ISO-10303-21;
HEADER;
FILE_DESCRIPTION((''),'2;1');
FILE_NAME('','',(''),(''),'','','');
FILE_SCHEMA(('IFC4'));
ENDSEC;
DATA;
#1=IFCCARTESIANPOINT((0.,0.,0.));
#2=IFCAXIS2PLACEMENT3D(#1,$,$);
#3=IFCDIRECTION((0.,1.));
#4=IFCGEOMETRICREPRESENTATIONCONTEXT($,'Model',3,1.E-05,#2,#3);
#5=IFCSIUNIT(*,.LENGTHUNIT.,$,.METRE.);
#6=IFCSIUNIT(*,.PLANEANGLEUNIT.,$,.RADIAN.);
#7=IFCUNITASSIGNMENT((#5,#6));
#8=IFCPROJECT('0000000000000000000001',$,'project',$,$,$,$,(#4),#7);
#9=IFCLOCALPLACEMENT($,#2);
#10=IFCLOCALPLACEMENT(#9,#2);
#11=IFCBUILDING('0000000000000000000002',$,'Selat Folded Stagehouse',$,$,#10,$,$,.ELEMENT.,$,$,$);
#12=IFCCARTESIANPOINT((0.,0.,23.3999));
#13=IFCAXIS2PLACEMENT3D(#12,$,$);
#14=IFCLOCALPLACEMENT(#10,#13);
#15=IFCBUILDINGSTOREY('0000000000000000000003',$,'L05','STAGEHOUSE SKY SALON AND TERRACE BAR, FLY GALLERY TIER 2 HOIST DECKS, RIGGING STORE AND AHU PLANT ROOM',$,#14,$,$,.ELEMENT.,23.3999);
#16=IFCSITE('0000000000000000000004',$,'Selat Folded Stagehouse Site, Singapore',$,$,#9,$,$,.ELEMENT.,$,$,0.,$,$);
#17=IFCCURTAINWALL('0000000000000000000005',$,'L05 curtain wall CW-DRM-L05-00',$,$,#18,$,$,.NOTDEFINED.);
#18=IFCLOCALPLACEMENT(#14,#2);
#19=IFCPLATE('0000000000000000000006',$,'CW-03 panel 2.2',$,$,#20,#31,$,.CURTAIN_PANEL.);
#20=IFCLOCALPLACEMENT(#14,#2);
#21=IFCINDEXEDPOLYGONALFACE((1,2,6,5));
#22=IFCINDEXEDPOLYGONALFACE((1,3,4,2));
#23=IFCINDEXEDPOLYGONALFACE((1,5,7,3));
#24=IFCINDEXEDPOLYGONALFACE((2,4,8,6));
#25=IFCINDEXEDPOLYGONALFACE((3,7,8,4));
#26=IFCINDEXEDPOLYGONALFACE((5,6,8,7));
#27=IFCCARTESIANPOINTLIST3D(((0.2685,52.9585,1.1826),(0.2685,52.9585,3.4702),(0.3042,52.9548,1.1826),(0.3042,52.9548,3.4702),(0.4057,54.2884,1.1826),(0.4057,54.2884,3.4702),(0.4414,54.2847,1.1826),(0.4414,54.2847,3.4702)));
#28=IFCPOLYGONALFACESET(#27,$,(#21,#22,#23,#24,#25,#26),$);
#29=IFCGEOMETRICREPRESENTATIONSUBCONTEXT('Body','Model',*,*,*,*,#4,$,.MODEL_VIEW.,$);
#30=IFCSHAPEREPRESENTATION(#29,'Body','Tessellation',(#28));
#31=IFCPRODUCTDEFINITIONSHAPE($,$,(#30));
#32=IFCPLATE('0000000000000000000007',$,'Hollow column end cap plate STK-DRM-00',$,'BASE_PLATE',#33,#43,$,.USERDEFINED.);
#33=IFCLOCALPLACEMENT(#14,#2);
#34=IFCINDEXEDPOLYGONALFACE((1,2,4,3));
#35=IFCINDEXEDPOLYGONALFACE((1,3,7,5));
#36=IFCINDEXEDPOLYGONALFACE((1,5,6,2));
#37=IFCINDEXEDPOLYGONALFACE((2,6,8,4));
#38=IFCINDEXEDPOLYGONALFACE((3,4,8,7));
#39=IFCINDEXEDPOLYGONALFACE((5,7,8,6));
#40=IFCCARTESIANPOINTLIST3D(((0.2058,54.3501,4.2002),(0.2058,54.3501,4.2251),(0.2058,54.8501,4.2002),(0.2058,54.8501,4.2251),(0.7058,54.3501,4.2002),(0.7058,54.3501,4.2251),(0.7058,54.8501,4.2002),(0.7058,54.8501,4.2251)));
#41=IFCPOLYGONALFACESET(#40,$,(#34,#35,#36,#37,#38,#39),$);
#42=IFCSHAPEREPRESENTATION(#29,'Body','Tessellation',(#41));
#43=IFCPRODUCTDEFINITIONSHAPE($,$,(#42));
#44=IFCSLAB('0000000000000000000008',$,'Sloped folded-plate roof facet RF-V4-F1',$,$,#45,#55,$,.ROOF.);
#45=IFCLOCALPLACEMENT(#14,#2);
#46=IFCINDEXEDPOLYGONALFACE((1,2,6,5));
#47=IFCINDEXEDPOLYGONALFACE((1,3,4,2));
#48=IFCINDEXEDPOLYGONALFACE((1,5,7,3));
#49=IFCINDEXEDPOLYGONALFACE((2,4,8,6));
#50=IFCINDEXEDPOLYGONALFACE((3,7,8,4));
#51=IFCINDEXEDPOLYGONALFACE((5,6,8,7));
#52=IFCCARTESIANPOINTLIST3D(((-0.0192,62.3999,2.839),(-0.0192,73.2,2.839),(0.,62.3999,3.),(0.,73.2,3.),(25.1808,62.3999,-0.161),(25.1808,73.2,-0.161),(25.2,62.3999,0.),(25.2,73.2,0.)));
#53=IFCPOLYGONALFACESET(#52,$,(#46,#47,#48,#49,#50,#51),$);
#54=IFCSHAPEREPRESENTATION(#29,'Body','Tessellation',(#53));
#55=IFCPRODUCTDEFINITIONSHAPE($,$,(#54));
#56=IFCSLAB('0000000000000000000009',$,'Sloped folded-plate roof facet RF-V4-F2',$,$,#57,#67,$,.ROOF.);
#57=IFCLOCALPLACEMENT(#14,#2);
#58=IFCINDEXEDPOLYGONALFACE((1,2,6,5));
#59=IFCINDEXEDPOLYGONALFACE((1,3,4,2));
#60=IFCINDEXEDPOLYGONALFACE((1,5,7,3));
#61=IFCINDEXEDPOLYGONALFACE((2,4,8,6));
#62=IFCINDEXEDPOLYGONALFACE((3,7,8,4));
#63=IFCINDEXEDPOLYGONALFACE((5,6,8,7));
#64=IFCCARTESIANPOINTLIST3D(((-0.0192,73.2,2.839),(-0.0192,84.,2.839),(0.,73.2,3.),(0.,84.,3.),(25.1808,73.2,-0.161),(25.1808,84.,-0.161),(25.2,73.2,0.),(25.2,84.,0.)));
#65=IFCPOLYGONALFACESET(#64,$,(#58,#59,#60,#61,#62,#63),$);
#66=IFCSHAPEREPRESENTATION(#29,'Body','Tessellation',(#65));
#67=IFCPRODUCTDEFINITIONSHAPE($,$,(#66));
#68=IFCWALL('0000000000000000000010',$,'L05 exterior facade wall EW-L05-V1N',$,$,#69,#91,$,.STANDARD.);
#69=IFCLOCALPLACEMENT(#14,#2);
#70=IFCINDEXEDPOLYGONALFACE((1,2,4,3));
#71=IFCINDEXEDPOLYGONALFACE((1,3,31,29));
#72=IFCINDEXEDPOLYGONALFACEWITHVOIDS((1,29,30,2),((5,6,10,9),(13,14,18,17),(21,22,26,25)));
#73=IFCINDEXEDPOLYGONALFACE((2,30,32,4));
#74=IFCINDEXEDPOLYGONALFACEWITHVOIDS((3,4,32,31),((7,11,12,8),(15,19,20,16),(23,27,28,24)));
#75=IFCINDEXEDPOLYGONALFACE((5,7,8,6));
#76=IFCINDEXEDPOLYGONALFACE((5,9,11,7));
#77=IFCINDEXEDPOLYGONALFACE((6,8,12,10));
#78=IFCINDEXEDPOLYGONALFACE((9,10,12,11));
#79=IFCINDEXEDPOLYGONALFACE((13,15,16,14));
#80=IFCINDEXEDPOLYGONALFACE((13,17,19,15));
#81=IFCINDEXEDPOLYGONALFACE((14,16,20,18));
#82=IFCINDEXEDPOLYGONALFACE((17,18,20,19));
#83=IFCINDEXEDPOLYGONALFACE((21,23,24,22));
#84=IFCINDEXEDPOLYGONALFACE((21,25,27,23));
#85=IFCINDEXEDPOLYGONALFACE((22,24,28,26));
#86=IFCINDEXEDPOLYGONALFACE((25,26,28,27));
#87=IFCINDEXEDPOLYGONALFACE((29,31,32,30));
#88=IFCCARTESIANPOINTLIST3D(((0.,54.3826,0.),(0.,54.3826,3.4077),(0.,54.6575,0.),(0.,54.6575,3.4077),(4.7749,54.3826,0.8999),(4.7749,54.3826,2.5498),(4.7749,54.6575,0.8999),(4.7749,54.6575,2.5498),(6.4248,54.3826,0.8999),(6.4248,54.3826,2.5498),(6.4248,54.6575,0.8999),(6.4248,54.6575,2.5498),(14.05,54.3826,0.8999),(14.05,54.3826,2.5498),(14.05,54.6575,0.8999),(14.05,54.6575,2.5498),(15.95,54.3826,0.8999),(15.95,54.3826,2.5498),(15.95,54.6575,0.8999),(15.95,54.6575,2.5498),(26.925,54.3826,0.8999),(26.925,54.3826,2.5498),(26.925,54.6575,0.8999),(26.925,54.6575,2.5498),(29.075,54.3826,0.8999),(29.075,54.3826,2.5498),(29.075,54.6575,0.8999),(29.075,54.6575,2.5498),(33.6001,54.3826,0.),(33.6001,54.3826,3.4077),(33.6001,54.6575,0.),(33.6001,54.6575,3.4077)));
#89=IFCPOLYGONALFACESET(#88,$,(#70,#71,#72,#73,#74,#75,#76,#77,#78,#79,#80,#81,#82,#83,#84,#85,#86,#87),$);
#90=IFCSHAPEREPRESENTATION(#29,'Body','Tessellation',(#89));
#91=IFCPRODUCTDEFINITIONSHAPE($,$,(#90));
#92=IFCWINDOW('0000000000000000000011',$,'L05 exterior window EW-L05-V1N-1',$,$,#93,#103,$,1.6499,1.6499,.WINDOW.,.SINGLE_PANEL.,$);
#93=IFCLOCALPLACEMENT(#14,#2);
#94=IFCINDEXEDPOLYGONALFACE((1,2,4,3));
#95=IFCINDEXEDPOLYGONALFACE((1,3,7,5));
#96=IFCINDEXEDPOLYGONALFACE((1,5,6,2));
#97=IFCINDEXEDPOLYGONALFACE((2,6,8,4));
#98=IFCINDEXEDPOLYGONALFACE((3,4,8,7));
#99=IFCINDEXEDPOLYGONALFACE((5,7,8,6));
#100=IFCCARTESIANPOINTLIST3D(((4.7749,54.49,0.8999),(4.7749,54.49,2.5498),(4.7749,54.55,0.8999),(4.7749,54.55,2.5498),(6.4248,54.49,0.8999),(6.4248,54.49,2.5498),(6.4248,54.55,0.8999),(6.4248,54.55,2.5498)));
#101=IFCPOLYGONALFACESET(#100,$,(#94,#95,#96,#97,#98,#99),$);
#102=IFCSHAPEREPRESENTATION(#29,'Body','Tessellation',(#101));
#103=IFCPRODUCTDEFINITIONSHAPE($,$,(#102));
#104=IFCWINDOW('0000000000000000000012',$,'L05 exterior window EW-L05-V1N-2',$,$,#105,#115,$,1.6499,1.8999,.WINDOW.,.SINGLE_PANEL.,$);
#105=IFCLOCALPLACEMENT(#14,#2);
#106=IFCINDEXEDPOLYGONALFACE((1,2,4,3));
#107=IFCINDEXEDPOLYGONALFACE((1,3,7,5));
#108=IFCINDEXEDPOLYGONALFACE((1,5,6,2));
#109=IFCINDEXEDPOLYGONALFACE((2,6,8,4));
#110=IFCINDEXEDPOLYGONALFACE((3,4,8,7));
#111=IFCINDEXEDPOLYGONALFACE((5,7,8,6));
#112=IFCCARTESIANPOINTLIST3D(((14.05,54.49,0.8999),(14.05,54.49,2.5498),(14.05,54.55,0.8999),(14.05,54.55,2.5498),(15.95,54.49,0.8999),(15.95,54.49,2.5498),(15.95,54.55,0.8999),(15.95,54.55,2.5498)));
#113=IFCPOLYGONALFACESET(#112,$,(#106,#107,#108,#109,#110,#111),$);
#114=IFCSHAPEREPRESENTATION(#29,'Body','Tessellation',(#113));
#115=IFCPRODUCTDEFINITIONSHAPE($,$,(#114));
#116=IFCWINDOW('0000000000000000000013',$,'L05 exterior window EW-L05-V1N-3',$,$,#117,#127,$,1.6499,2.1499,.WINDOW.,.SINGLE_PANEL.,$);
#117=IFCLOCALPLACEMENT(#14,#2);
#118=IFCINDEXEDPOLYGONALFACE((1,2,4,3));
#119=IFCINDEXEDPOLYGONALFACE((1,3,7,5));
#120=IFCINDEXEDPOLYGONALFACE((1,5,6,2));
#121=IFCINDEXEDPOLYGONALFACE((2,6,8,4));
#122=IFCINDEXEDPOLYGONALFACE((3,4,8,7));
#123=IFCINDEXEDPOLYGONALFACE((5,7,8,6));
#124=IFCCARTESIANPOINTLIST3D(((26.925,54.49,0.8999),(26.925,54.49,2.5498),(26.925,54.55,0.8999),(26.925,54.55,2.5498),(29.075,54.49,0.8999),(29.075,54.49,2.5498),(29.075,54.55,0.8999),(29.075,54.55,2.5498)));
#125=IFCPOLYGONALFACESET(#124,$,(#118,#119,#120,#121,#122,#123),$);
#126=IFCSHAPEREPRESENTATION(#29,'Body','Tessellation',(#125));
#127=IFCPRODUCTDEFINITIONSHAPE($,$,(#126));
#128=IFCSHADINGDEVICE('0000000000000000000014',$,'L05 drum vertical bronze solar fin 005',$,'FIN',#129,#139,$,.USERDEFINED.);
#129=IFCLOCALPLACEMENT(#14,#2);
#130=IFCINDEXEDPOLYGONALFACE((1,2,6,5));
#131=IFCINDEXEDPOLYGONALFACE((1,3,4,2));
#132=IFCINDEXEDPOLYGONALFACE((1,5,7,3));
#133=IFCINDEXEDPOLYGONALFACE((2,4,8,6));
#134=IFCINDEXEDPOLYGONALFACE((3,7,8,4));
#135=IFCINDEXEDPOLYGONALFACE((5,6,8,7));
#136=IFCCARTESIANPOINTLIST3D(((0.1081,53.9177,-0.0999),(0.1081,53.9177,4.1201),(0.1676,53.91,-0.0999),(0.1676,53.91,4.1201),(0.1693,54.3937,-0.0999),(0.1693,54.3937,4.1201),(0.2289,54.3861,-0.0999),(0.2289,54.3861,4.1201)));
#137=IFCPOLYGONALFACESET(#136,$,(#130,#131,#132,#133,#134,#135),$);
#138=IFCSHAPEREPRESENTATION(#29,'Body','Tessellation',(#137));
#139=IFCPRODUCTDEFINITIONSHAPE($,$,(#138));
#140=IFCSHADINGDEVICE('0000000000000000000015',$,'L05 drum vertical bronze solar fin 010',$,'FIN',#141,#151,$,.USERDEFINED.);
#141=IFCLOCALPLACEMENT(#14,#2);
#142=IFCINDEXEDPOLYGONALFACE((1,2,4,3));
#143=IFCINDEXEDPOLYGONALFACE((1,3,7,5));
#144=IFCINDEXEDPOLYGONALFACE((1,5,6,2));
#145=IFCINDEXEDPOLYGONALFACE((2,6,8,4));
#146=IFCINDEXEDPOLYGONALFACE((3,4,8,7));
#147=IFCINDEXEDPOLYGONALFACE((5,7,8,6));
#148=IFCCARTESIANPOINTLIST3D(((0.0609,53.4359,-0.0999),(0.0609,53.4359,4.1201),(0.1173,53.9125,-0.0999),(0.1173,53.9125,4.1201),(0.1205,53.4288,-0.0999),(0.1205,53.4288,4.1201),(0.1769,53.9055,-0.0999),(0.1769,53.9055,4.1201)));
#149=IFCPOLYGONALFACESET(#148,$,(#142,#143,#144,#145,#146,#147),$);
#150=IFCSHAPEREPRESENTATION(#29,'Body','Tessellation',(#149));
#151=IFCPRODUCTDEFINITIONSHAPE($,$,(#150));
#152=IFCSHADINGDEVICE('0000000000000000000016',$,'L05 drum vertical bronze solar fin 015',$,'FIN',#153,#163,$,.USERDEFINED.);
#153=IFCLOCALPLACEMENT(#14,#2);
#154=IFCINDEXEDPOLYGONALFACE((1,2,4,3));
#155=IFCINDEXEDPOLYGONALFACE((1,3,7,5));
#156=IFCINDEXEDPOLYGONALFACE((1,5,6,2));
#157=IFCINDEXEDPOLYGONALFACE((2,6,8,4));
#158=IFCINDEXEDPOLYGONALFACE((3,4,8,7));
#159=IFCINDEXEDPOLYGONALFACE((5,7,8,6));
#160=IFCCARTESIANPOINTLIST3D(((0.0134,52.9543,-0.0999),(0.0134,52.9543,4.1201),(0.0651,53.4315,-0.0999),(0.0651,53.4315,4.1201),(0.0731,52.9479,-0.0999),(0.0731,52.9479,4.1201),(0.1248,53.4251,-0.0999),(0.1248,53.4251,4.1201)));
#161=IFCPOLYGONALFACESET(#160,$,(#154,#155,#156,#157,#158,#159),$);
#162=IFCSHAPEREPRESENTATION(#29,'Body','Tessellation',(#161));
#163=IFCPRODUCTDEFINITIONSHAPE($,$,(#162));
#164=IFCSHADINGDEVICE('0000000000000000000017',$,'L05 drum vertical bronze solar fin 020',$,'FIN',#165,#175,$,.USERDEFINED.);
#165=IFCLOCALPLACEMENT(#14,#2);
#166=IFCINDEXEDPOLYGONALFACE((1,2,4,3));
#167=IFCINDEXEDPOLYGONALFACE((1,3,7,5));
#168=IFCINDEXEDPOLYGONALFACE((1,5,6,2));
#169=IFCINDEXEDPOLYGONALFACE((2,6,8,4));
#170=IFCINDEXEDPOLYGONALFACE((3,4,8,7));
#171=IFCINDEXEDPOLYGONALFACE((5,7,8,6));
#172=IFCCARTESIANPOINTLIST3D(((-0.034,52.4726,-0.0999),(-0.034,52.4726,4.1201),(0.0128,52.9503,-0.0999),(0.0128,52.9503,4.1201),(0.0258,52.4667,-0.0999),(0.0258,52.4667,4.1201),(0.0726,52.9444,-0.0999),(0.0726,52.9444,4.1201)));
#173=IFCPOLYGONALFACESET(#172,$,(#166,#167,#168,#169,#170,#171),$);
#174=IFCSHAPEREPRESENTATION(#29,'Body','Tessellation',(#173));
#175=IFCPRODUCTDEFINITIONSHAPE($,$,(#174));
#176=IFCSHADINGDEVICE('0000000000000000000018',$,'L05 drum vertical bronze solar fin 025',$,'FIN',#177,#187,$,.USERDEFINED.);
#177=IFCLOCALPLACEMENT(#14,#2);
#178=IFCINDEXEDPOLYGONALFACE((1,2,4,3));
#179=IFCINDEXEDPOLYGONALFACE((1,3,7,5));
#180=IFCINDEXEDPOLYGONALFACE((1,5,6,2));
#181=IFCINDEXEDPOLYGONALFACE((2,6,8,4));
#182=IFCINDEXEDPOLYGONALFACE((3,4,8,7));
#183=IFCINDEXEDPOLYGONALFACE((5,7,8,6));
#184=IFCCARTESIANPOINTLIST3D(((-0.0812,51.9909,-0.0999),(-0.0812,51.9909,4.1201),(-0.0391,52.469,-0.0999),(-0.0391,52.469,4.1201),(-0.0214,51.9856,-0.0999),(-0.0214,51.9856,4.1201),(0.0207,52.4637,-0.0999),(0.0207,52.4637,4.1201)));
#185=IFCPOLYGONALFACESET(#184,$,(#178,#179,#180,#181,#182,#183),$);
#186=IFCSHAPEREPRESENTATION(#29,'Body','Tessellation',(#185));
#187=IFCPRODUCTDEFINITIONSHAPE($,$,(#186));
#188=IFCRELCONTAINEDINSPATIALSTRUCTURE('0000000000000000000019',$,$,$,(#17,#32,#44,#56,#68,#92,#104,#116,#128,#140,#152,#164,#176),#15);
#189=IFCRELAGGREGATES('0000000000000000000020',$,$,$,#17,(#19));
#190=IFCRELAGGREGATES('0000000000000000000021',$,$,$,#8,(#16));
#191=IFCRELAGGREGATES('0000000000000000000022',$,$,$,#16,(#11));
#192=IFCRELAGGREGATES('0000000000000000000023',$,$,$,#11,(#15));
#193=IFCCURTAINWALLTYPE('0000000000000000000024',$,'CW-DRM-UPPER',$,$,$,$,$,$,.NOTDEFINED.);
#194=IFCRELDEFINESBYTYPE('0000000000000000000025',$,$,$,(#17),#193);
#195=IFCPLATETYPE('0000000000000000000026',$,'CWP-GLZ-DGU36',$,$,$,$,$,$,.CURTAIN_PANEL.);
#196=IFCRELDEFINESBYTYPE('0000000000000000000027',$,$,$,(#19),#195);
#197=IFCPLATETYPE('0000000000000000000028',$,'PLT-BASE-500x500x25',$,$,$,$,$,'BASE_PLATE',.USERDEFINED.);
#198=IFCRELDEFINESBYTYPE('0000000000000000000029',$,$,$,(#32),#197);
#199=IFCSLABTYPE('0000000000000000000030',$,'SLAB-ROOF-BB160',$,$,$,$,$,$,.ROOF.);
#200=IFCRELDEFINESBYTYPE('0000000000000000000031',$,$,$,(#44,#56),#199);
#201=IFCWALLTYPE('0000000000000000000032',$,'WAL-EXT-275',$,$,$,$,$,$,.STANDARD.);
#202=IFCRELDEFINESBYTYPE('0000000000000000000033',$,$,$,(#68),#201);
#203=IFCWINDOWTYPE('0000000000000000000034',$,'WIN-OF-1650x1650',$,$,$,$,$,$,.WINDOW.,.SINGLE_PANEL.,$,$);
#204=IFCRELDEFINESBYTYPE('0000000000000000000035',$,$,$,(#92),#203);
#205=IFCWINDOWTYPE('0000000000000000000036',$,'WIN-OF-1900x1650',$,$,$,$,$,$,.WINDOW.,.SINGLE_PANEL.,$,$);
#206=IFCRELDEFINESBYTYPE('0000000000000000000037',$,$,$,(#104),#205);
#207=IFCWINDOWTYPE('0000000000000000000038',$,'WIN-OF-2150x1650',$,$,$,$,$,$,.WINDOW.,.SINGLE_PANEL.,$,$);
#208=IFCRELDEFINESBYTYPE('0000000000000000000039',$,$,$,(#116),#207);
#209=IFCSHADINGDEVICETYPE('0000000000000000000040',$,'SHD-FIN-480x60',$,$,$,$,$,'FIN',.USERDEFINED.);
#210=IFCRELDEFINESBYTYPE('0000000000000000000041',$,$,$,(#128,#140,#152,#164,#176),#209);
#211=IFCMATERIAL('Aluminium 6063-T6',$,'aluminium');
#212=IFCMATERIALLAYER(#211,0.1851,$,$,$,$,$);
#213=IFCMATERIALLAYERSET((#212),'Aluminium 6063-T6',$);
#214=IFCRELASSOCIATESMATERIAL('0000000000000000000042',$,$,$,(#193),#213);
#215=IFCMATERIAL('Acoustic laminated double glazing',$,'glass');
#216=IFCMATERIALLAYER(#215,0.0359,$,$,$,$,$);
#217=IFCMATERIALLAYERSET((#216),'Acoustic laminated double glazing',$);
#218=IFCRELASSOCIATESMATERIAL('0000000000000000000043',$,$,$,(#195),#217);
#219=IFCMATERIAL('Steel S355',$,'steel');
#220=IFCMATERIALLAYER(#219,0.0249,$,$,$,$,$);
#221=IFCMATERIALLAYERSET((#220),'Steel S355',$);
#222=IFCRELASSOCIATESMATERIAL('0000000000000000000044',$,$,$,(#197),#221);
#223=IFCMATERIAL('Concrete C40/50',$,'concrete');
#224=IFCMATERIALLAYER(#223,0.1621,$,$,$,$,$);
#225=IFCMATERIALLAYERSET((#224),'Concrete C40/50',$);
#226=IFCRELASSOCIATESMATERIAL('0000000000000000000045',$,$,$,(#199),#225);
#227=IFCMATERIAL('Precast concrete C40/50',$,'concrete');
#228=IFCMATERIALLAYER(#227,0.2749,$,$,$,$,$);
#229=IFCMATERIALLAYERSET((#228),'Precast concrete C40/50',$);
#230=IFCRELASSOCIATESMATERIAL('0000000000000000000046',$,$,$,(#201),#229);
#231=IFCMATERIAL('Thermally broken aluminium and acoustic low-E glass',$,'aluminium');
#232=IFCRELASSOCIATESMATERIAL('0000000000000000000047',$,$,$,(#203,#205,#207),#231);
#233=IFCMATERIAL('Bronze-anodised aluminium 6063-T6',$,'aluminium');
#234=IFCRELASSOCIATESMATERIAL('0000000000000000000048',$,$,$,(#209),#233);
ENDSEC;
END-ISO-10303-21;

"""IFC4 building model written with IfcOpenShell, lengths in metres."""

from ifc_helpers import new_model, si_unit, direction, frame, frame_2d, origin, origin_2d, place, context, subcontext, project, spatial, polyline, rectangle, outline, extrude, material, layer, layer_set, material_profile, profile_set, type_object, element, fill, aggregate, save


model = new_model("IFC4")

# Units and contexts
model_context = context("Model", 3, precision=1e-05, world=origin(), true_north=direction((0.0, 1.0)))
body_context = subcontext(model_context, "Body", "Model", "MODEL_VIEW")
ifc_project = project(units=[si_unit("LENGTHUNIT", "METRE"), si_unit("PLANEANGLEUNIT", "RADIAN")], contexts=[model_context])

# Site, building, storey
site_placement = place(None, origin())
site = spatial("IfcSite", under=ifc_project, at=site_placement, Name="Selat Folded Stagehouse Site, Singapore", CompositionType="ELEMENT", RefElevation=0.0)
building_placement = place(site_placement, origin())
building = spatial("IfcBuilding", under=site, at=building_placement, Name="Selat Folded Stagehouse", CompositionType="ELEMENT")
storey_placement = place(building_placement, frame((0.0, 0.0, 23.3999)))
storey = spatial("IfcBuildingStorey", under=building, at=storey_placement, Name="L05", Description="STAGEHOUSE SKY SALON AND TERRACE BAR, FLY GALLERY TIER 2 HOIST DECKS, RIGGING STORE AND AHU PLANT ROOM", CompositionType="ELEMENT", Elevation=23.3999)

# Shared definitions
ifc_material_1 = material(Name="Steel S355", Category="steel")

# Curtain wall
ifc_material_2 = material(Name="Aluminium 6063-T6", Category="aluminium")
ifc_layer_1 = layer(ifc_material_2, 0.1851)
ifc_layer_set_1 = layer_set([ifc_layer_1], Name="Aluminium 6063-T6")
curtain_wall_type = type_object("IfcCurtainWallType", Name="CW-DRM-UPPER", PredefinedType="NOTDEFINED", material=ifc_layer_set_1)
curtain_wall_placement = place(storey_placement, origin())
curtain_wall = element("IfcCurtainWall", 1, at=curtain_wall_placement, inside=storey, type_object=curtain_wall_type, Name="L05 curtain wall CW-DRM-L05-00", PredefinedType="NOTDEFINED")

# Plates
ifc_material_3 = material(Name="Acoustic laminated double glazing", Category="glass")
ifc_layer_2 = layer(ifc_material_3, 0.0359)
ifc_layer_set_2 = layer_set([ifc_layer_2], Name="Acoustic laminated double glazing")
plate_type_1 = type_object("IfcPlateType", Name="CWP-GLZ-DGU36", PredefinedType="CURTAIN_PANEL", material=ifc_layer_set_2)
plate_1_placement = place(storey_placement, frame((0.355, 53.6216, 1.1826), z_axis=(0.0, 0.0, 1.0), x_axis=(0.102616, 0.994721, 0.0)))
plate_1 = element("IfcPlate", 2, at=plate_1_placement, type_object=plate_type_1, Name="CW-03 panel 2.2", PredefinedType="CURTAIN_PANEL", context=body_context, shape_type="SweptSolid", body=[
    extrude(rectangle(XDim=1.3369, YDim=0.0359, at=origin_2d()), origin(), (0.0, 0.0, 1.0), 2.2876),
])
aggregate(curtain_wall, [plate_1])
ifc_layer_3 = layer(ifc_material_1, 0.0249)
ifc_layer_set_3 = layer_set([ifc_layer_3], Name="Steel S355")
plate_type_2 = type_object("IfcPlateType", Name="PLT-BASE-500x500x25", ElementType="BASE_PLATE", PredefinedType="USERDEFINED", material=ifc_layer_set_3)
plate_2_placement = place(storey_placement, frame((0.4558, 54.6001, 4.2002), z_axis=(0.0, 0.0, 1.0), x_axis=(1.0, 0.0, 0.0)))
element("IfcPlate", 3, at=plate_2_placement, inside=storey, type_object=plate_type_2, Name="Hollow column end cap plate STK-DRM-00", ObjectType="BASE_PLATE", PredefinedType="USERDEFINED", context=body_context, shape_type="SweptSolid", body=[
    extrude(rectangle(XDim=0.5, YDim=0.5, at=origin_2d()), origin(), (0.0, 0.0, 1.0), 0.0249),
])

# Slabs
ifc_material_4 = material(Name="Concrete C40/50", Category="concrete")
ifc_layer_4 = layer(ifc_material_4, 0.1621)
ifc_layer_set_4 = layer_set([ifc_layer_4], Name="Concrete C40/50")
slab_type = type_object("IfcSlabType", Name="SLAB-ROOF-BB160", PredefinedType="ROOF", material=ifc_layer_set_4)
for number, where, z_axis, x_axis, name in (
    (4, (0.0, 62.3999, 3.0), (0.118213, 0.0, 0.992988), (0.992988, 0.0, -0.118213), "Sloped folded-plate roof facet RF-V4-F1"),
    (5, (0.0, 73.2, 3.0), (0.118213, 0.0, 0.992988), (0.992988, 0.0, -0.118213), "Sloped folded-plate roof facet RF-V4-F2"),
):
    element("IfcSlab", number, at=place(storey_placement, frame(where, z_axis=z_axis, x_axis=x_axis)), inside=storey, type_object=slab_type, Name=name, PredefinedType="ROOF", context=body_context, shape_type="SweptSolid", body=[
        extrude(outline(polyline([(0.0, 0.0), (25.3779, 0.0), (25.3779, 10.8), (0.0, 10.8), (0.0, 0.0)])), origin(), (0.0, 0.0, -1.0), 0.1621),
    ])

# Wall, openings, windows
ifc_material_5 = material(Name="Precast concrete C40/50", Category="concrete")
ifc_layer_5 = layer(ifc_material_5, 0.2749)
ifc_layer_set_5 = layer_set([ifc_layer_5], Name="Precast concrete C40/50")
wall_type = type_object("IfcWallType", Name="WAL-EXT-275", PredefinedType="STANDARD", material=ifc_layer_set_5)
wall_placement = place(storey_placement, frame((0.0, 54.52, 0.0), z_axis=(0.0, 0.0, 1.0), x_axis=(1.0, 0.0, 0.0)))
wall = element("IfcWall", 6, at=wall_placement, inside=storey, type_object=wall_type, Name="L05 exterior facade wall EW-L05-V1N", PredefinedType="STANDARD", context=body_context, shape_type="SweptSolid", body=[
    extrude(rectangle(XDim=33.6001, YDim=0.2749, at=frame_2d((16.8, 0.0))), origin(), (0.0, 0.0, 1.0), 3.4077),
])
opening_1_placement = place(wall_placement, frame((4.7749, 0.0, 0.8999)))
opening_1 = element("IfcOpeningElement", 7, at=opening_1_placement, cuts=wall, PredefinedType="OPENING", context=body_context, shape_type="SweptSolid", body=[
    extrude(rectangle(XDim=1.6499, YDim=1.6499, at=frame_2d((0.825, 0.825))), frame((0.0, 0.1475, 0.0), z_axis=(0.0, -1.0, 0.0), x_axis=(1.0, 0.0, 0.0)), (0.0, 0.0, 1.0), 0.2949),
])
opening_2_placement = place(wall_placement, frame((14.05, 0.0, 0.8999)))
opening_2 = element("IfcOpeningElement", 8, at=opening_2_placement, cuts=wall, PredefinedType="OPENING", context=body_context, shape_type="SweptSolid", body=[
    extrude(rectangle(XDim=1.8999, YDim=1.6499, at=frame_2d((0.95, 0.825))), frame((0.0, 0.1475, 0.0), z_axis=(0.0, -1.0, 0.0), x_axis=(1.0, 0.0, 0.0)), (0.0, 0.0, 1.0), 0.2949),
])
opening_3_placement = place(wall_placement, frame((26.925, 0.0, 0.8999)))
opening_3 = element("IfcOpeningElement", 9, at=opening_3_placement, cuts=wall, PredefinedType="OPENING", context=body_context, shape_type="SweptSolid", body=[
    extrude(rectangle(XDim=2.1499, YDim=1.6499, at=frame_2d((1.075, 0.825))), frame((0.0, 0.1475, 0.0), z_axis=(0.0, -1.0, 0.0), x_axis=(1.0, 0.0, 0.0)), (0.0, 0.0, 1.0), 0.2949),
])
ifc_material_6 = material(Name="Thermally broken aluminium and acoustic low-E glass", Category="aluminium")
window_type_1 = type_object("IfcWindowType", Name="WIN-OF-1650x1650", PartitioningType="SINGLE_PANEL", PredefinedType="WINDOW", material=ifc_material_6)
window_1_placement = place(opening_1_placement, origin())
window_1 = element("IfcWindow", 10, at=window_1_placement, inside=storey, type_object=window_type_1, Name="L05 exterior window EW-L05-V1N-1", OverallHeight=1.6499, OverallWidth=1.6499, PartitioningType="SINGLE_PANEL", PredefinedType="WINDOW", context=body_context, shape_type="SweptSolid", body=[
    extrude(rectangle(XDim=1.6499, YDim=1.6499, at=frame_2d((0.825, 0.825))), frame((0.0, 0.03, 0.0), z_axis=(0.0, -1.0, 0.0), x_axis=(1.0, 0.0, 0.0)), (0.0, 0.0, 1.0), 0.0601),
])
fill(opening_1, window_1)
window_type_2 = type_object("IfcWindowType", Name="WIN-OF-1900x1650", PartitioningType="SINGLE_PANEL", PredefinedType="WINDOW", material=ifc_material_6)
window_2_placement = place(opening_2_placement, origin())
window_2 = element("IfcWindow", 11, at=window_2_placement, inside=storey, type_object=window_type_2, Name="L05 exterior window EW-L05-V1N-2", OverallHeight=1.6499, OverallWidth=1.8999, PartitioningType="SINGLE_PANEL", PredefinedType="WINDOW", context=body_context, shape_type="SweptSolid", body=[
    extrude(rectangle(XDim=1.8999, YDim=1.6499, at=frame_2d((0.95, 0.825))), frame((0.0, 0.03, 0.0), z_axis=(0.0, -1.0, 0.0), x_axis=(1.0, 0.0, 0.0)), (0.0, 0.0, 1.0), 0.0601),
])
fill(opening_2, window_2)
window_type_3 = type_object("IfcWindowType", Name="WIN-OF-2150x1650", PartitioningType="SINGLE_PANEL", PredefinedType="WINDOW", material=ifc_material_6)
window_3_placement = place(opening_3_placement, origin())
window_3 = element("IfcWindow", 12, at=window_3_placement, inside=storey, type_object=window_type_3, Name="L05 exterior window EW-L05-V1N-3", OverallHeight=1.6499, OverallWidth=2.1499, PartitioningType="SINGLE_PANEL", PredefinedType="WINDOW", context=body_context, shape_type="SweptSolid", body=[
    extrude(rectangle(XDim=2.1499, YDim=1.6499, at=frame_2d((1.075, 0.825))), frame((0.0, 0.03, 0.0), z_axis=(0.0, -1.0, 0.0), x_axis=(1.0, 0.0, 0.0)), (0.0, 0.0, 1.0), 0.0601),
])
fill(opening_3, window_3)

# Shading devices
ifc_material_7 = material(Name="Bronze-anodised aluminium 6063-T6", Category="aluminium")
ifc_material_profile_1 = material_profile(ifc_material_7, rectangle(XDim=0.0601, YDim=0.48, at=origin_2d()), Name="SOLAR-FIN 480x60")
ifc_profile_set_1 = profile_set([ifc_material_profile_1], Name="Bronze-anodised aluminium 6063-T6")
shading_device_type = type_object("IfcShadingDeviceType", Name="SHD-FIN-480x60", ElementType="FIN", PredefinedType="USERDEFINED", material=ifc_profile_set_1)
for number, where, z_axis, x_axis, name in (
    (13, (0.1685, 54.1519, -0.0999), (0.0, 0.0, 1.0), (-0.991828, 0.127584, 0.0), "L05 drum vertical bronze solar fin 005"),
    (14, (0.1189, 53.6707, -0.0999), (0.0, 0.0, 1.0), (-0.993068, 0.117537, 0.0), "L05 drum vertical bronze solar fin 010"),
    (15, (0.0691, 53.1897, -0.0999), (0.0, 0.0, 1.0), (-0.994189, 0.107652, 0.0), "L05 drum vertical bronze solar fin 015"),
    (16, (0.0193, 52.7085, -0.0999), (0.0, 0.0, 1.0), (-0.995227, 0.097583, 0.0), "L05 drum vertical bronze solar fin 020"),
    (17, (-0.0303, 52.2273, -0.0999), (0.0, 0.0, 1.0), (-0.996149, 0.087677, 0.0), "L05 drum vertical bronze solar fin 025"),
):
    element("IfcShadingDevice", number, at=place(storey_placement, frame(where, z_axis=z_axis, x_axis=x_axis)), inside=storey, type_object=shading_device_type, Name=name, ObjectType="FIN", PredefinedType="USERDEFINED", context=body_context, shape_type="SweptSolid", body=[
        extrude(rectangle(XDim=0.0601, YDim=0.48, at=origin_2d()), origin(), (0.0, 0.0, 1.0), 4.22),
    ])

save(model, "model.ifc")
